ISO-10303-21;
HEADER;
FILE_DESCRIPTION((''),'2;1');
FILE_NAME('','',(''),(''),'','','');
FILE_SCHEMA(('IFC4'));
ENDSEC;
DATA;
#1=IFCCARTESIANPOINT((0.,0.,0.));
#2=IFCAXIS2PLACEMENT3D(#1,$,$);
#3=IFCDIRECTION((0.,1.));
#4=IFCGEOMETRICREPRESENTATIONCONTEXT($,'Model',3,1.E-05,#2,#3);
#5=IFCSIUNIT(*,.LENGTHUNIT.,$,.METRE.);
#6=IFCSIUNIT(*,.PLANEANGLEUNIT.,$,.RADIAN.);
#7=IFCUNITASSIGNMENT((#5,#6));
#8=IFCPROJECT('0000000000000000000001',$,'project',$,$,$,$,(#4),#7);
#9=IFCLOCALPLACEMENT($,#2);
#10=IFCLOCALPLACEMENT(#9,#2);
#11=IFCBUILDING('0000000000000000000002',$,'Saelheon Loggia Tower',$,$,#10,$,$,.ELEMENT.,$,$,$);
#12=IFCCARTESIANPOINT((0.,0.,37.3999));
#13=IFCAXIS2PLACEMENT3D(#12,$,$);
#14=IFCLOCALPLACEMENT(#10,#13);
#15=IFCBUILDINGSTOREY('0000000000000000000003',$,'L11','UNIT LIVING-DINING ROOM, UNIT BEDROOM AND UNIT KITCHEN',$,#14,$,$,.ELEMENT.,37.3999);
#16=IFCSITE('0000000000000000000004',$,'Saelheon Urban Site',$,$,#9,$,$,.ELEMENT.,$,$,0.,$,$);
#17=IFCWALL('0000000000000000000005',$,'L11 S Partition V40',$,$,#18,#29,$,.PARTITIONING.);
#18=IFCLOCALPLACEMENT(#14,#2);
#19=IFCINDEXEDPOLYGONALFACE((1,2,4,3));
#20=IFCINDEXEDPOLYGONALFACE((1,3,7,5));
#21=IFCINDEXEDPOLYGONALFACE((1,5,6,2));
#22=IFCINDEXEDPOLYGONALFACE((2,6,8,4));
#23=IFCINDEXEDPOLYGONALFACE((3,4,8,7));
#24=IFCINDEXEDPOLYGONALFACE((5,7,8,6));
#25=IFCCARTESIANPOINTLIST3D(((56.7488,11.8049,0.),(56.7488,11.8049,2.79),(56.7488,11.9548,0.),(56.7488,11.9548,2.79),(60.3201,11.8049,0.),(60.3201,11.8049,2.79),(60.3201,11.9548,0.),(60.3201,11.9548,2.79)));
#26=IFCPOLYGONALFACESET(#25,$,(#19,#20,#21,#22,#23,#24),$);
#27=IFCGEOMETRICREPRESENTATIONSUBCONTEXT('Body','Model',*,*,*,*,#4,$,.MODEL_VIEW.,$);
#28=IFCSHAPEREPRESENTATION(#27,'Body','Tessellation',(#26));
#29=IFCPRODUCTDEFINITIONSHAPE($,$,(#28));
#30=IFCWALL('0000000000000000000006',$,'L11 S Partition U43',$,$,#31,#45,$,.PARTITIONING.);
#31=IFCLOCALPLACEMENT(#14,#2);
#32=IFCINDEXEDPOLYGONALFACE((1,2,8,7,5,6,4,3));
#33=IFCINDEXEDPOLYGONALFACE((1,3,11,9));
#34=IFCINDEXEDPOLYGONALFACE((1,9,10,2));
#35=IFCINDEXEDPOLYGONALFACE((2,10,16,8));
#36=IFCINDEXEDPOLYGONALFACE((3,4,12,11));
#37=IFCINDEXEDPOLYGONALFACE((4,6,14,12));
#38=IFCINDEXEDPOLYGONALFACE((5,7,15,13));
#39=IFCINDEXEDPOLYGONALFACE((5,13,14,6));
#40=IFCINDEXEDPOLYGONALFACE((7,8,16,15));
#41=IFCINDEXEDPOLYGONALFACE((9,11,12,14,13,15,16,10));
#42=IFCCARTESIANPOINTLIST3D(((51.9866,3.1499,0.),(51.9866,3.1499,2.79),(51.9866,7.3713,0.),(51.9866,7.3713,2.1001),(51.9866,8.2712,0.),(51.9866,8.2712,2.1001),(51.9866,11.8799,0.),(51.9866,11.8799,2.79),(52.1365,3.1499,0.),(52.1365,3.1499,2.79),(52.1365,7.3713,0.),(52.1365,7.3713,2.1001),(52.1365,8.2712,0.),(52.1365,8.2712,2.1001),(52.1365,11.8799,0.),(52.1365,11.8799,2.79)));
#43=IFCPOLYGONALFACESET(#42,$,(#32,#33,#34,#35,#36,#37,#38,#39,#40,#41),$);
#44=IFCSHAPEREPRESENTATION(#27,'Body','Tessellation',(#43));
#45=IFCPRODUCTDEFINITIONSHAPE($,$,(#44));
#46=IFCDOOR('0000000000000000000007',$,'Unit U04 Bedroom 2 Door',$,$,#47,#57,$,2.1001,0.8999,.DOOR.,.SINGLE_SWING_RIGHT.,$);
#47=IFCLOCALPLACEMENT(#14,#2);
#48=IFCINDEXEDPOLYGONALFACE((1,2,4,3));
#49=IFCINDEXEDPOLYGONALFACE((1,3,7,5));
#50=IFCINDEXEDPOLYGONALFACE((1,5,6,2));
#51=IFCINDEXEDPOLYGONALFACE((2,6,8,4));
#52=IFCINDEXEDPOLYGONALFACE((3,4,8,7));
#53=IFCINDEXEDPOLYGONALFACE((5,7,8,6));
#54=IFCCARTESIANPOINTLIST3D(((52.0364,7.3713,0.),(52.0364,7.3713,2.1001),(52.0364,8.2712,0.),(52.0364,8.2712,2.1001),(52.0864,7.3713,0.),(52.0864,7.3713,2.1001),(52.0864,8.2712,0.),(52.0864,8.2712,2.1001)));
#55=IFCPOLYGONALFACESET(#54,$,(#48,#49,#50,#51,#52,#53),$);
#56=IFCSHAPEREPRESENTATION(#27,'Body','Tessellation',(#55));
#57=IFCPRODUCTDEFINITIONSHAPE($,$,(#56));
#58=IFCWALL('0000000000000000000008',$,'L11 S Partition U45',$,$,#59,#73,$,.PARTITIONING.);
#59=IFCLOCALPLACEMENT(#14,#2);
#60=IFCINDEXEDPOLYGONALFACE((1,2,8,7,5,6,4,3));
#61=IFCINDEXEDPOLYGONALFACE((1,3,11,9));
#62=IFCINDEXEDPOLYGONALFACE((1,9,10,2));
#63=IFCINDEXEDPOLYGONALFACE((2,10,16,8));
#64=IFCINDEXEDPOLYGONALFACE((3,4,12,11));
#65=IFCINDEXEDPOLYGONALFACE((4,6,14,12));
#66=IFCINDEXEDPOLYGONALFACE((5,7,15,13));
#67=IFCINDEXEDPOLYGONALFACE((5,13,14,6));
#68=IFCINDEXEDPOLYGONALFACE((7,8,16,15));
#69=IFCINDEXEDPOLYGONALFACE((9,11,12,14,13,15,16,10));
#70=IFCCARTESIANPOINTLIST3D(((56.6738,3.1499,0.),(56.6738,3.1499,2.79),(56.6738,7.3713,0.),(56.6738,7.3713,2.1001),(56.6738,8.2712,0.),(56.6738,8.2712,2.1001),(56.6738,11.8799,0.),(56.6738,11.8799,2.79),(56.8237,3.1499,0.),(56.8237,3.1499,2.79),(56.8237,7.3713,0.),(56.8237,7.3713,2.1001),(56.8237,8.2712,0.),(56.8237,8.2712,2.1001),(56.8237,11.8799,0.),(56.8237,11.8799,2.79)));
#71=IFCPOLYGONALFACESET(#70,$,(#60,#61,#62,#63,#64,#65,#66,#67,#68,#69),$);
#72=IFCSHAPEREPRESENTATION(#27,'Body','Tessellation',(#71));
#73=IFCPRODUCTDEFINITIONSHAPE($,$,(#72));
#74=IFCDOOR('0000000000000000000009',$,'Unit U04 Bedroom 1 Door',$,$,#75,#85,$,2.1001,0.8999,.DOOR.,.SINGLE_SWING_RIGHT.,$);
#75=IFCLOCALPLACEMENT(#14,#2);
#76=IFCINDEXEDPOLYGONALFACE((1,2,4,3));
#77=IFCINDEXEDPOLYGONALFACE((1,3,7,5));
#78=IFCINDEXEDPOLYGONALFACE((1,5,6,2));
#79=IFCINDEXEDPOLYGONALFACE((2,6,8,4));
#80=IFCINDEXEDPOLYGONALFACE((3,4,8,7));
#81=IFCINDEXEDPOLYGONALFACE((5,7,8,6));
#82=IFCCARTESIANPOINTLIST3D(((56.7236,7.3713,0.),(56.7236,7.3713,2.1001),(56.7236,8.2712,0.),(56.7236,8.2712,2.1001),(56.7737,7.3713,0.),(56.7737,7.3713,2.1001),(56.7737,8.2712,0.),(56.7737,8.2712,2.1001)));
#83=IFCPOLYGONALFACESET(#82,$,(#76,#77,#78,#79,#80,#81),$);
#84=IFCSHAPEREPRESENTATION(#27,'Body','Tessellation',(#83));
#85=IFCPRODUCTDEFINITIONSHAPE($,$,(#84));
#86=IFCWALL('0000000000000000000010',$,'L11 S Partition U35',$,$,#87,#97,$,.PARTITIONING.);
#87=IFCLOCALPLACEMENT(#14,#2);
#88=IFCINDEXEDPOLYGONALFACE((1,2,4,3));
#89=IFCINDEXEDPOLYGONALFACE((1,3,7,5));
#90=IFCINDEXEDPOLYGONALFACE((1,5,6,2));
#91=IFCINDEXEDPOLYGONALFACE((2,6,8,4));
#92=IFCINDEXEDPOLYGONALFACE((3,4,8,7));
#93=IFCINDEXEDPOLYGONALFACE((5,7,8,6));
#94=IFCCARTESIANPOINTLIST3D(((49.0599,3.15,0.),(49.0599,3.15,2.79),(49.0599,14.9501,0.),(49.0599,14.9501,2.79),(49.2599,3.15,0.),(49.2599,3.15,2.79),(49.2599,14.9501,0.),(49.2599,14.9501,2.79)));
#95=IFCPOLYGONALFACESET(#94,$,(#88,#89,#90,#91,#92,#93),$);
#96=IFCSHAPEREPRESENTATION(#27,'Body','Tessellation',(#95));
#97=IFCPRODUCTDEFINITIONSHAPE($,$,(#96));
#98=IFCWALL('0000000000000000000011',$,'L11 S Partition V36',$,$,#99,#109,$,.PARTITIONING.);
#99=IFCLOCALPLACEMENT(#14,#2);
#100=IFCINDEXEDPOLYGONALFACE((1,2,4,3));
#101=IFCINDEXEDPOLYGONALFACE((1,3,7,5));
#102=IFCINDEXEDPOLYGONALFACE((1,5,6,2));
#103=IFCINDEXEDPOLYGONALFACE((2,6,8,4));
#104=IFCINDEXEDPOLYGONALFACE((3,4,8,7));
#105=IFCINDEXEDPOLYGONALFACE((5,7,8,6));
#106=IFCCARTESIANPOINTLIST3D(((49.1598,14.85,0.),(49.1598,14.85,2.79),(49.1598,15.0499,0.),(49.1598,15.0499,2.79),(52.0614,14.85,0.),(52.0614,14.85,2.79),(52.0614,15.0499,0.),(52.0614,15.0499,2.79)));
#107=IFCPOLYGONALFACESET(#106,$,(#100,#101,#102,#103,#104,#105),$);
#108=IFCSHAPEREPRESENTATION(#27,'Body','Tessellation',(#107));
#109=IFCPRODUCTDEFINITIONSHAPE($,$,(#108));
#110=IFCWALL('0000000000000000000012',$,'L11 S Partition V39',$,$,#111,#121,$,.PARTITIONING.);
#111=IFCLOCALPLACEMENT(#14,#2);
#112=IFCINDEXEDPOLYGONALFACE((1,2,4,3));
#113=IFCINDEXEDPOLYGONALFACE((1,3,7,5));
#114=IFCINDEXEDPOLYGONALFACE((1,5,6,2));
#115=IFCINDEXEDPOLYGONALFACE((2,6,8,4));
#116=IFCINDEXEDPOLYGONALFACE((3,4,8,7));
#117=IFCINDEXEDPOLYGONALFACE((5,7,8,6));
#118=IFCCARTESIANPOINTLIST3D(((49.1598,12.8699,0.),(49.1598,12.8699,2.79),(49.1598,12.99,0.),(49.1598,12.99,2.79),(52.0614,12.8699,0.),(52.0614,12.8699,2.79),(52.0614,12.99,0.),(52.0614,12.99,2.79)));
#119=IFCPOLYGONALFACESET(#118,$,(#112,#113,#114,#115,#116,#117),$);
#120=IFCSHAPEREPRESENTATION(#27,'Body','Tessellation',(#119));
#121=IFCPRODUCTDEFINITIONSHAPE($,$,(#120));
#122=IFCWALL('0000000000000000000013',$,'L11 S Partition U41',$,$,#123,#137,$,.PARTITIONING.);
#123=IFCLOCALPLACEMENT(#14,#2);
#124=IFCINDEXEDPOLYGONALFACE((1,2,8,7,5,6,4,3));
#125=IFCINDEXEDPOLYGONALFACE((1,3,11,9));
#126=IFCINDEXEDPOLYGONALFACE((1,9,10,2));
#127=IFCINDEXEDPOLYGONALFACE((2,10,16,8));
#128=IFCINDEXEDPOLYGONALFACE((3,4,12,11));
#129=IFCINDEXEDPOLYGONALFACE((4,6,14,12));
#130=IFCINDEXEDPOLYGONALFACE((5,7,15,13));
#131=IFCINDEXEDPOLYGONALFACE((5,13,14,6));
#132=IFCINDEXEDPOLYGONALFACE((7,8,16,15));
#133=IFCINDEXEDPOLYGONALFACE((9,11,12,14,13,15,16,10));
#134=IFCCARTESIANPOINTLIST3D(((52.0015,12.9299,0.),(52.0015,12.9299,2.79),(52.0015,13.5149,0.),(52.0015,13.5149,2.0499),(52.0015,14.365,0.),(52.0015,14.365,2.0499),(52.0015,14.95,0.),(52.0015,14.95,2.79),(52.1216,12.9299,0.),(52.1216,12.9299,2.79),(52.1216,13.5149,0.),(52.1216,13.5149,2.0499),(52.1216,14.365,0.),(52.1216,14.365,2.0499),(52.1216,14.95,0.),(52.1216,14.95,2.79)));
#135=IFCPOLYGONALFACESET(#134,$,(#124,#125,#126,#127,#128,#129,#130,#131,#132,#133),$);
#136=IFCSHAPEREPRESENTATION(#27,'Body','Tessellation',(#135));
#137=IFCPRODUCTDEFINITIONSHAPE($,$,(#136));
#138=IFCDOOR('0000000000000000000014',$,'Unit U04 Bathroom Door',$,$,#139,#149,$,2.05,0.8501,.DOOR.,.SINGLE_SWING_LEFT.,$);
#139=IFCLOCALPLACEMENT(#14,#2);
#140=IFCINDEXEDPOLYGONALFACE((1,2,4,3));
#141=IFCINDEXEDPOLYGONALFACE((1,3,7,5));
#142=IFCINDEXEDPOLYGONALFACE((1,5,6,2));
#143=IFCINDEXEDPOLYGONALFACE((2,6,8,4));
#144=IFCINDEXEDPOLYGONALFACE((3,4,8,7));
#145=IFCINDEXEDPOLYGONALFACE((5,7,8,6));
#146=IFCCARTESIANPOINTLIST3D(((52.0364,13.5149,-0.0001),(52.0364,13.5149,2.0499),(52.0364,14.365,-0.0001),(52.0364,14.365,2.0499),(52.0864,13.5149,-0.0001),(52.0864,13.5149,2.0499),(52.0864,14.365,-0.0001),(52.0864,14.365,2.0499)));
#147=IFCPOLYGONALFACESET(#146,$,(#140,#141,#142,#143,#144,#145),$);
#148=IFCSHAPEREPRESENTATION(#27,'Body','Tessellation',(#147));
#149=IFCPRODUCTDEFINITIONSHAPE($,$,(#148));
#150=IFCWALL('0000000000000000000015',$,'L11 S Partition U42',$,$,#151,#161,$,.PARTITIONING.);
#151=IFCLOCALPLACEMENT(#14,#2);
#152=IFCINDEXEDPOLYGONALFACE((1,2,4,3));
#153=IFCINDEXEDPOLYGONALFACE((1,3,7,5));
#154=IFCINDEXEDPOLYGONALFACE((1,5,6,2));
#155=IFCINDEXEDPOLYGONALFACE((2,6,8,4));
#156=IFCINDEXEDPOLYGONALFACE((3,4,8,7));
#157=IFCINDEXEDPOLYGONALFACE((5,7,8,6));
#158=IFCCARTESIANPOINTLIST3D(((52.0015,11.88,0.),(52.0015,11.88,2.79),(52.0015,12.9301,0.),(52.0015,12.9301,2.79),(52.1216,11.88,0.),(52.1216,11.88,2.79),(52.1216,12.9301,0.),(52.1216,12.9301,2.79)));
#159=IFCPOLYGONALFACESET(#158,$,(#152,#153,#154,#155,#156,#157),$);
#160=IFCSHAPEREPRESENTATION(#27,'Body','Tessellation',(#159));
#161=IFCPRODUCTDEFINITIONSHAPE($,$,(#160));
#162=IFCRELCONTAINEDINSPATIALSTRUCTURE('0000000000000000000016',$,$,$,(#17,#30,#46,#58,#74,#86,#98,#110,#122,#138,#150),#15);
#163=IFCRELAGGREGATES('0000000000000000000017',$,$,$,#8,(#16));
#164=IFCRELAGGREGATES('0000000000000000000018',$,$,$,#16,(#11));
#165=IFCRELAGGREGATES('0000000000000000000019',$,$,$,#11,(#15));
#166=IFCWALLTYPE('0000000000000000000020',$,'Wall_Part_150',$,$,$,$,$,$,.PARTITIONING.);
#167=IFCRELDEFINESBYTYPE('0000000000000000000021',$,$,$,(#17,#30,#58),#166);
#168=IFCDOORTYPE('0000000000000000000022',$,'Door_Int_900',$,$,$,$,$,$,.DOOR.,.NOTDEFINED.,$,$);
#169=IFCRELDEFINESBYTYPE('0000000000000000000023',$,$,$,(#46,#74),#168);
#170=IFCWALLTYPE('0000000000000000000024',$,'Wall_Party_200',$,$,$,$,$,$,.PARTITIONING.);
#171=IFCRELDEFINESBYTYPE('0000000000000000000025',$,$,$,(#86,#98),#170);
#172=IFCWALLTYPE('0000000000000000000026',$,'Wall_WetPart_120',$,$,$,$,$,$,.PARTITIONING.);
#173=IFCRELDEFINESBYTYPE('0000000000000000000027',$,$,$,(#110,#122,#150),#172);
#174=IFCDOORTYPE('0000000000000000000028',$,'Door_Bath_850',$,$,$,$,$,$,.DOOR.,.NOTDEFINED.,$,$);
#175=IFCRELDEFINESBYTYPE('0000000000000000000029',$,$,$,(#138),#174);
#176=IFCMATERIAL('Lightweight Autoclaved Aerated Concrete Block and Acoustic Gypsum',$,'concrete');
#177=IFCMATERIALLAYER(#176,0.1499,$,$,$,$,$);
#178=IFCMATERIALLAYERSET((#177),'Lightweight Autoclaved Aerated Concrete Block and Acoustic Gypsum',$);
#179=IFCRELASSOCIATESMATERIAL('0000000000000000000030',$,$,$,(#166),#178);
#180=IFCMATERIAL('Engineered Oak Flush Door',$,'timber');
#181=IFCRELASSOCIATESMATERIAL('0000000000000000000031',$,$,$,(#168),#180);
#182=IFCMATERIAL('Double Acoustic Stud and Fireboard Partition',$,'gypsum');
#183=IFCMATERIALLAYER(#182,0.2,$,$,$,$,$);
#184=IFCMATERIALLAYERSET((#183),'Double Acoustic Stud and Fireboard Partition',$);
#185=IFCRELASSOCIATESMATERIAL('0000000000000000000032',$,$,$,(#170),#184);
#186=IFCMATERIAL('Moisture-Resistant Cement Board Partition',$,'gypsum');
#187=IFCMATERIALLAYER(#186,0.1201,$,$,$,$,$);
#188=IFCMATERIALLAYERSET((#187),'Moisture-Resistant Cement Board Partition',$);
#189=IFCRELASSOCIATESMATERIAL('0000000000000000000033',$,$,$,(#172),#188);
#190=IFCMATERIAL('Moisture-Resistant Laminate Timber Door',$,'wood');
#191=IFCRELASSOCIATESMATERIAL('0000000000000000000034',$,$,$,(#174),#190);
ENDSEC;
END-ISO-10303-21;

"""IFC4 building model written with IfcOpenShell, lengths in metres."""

from ifc_helpers import new_model, si_unit, direction, frame, frame_2d, origin, place, context, subcontext, project, spatial, rectangle, extrude, source, transform, mapped, material, layer, layer_set, type_object, element, fill, save


model = new_model("IFC4")

# Units and contexts
model_context = context("Model", 3, precision=1e-05, world=origin(), true_north=direction((0.0, 1.0)))
body_context = subcontext(model_context, "Body", "Model", "MODEL_VIEW")
ifc_project = project(units=[si_unit("LENGTHUNIT", "METRE"), si_unit("PLANEANGLEUNIT", "RADIAN")], contexts=[model_context])

# Site, building, storey
site_placement = place(None, origin())
site = spatial("IfcSite", under=ifc_project, at=site_placement, Name="Saelheon Urban Site", CompositionType="ELEMENT", RefElevation=0.0)
building_placement = place(site_placement, origin())
building = spatial("IfcBuilding", under=site, at=building_placement, Name="Saelheon Loggia Tower", CompositionType="ELEMENT")
storey_placement = place(building_placement, frame((0.0, 0.0, 37.3999)))
storey = spatial("IfcBuildingStorey", under=building, at=storey_placement, Name="L11", Description="UNIT LIVING-DINING ROOM, UNIT BEDROOM AND UNIT KITCHEN", CompositionType="ELEMENT", Elevation=37.3999)

# Wall
ifc_material_1 = material(Name="Lightweight Autoclaved Aerated Concrete Block and Acoustic Gypsum", Category="concrete")
ifc_layer_1 = layer(ifc_material_1, 0.1499)
ifc_layer_set_1 = layer_set([ifc_layer_1], Name="Lightweight Autoclaved Aerated Concrete Block and Acoustic Gypsum")
wall_type_1 = type_object("IfcWallType", Name="Wall_Part_150", PredefinedType="PARTITIONING", material=ifc_layer_set_1)
wall_1_placement = place(storey_placement, frame((56.7488, 11.8799, 0.0), z_axis=(0.0, 0.0, 1.0), x_axis=(1.0, 0.0, 0.0)))
element("IfcWall", 1, at=wall_1_placement, inside=storey, type_object=wall_type_1, Name="L11 S Partition V40", PredefinedType="PARTITIONING", context=body_context, shape_type="SweptSolid", body=[
    extrude(rectangle(XDim=3.5713, YDim=0.1499, at=frame_2d((1.7856, 0.0))), origin(), (0.0, 0.0, 1.0), 2.79),
])

# Walls, openings, doors
wall_2_placement = place(storey_placement, frame((52.0615, 11.8799, 0.0), z_axis=(0.0, 0.0, 1.0), x_axis=(0.0, -1.0, 0.0)))
wall_2 = element("IfcWall", 2, at=wall_2_placement, inside=storey, type_object=wall_type_1, Name="L11 S Partition U43", PredefinedType="PARTITIONING", context=body_context, shape_type="SweptSolid", body=[
    extrude(rectangle(XDim=8.73, YDim=0.1499, at=frame_2d((4.365, 0.0))), origin(), (0.0, 0.0, 1.0), 2.79),
])
opening_1_placement = place(wall_2_placement, frame((3.6086, 0.0, 0.0)))
opening_1 = element("IfcOpeningElement", 3, at=opening_1_placement, cuts=wall_2, PredefinedType="OPENING", context=body_context, shape_type="SweptSolid", body=[
    extrude(rectangle(XDim=0.8999, YDim=2.1001, at=frame_2d((0.45, 1.05))), frame((0.0, 0.0869, 0.0), z_axis=(0.0, -1.0, 0.0), x_axis=(1.0, 0.0, 0.0)), (0.0, 0.0, 1.0), 0.1738),
])
ifc_material_2 = material(Name="Engineered Oak Flush Door", Category="timber")
door_type_1 = type_object("IfcDoorType", Name="Door_Int_900", OperationType="NOTDEFINED", PredefinedType="DOOR", material=ifc_material_2)
shared_shape_1 = source(origin(), body_context, "Body", "SweptSolid", [
    extrude(rectangle(XDim=0.8999, YDim=2.1001, at=frame_2d((0.45, 1.05))), frame((0.0, 0.0249, 0.0), z_axis=(0.0, -1.0, 0.0), x_axis=(1.0, 0.0, 0.0)), (0.0, 0.0, 1.0), 0.05),
])
door_1_placement = place(opening_1_placement, origin())
door_1 = element("IfcDoor", 4, at=door_1_placement, inside=storey, type_object=door_type_1, Name="Unit U04 Bedroom 2 Door", OperationType="SINGLE_SWING_RIGHT", OverallHeight=2.1001, OverallWidth=0.8999, PredefinedType="DOOR", context=body_context, shape_type="MappedRepresentation", body=[
    mapped(shared_shape_1, transform((0.0, 0.0, 0.0), scale=1.0)),
])
fill(opening_1, door_1)
wall_3_placement = place(storey_placement, frame((56.7488, 11.8799, 0.0), z_axis=(0.0, 0.0, 1.0), x_axis=(0.0, -1.0, 0.0)))
wall_3 = element("IfcWall", 5, at=wall_3_placement, inside=storey, type_object=wall_type_1, Name="L11 S Partition U45", PredefinedType="PARTITIONING", context=body_context, shape_type="SweptSolid", body=[
    extrude(rectangle(XDim=8.73, YDim=0.1499, at=frame_2d((4.365, 0.0))), origin(), (0.0, 0.0, 1.0), 2.79),
])
opening_2_placement = place(wall_3_placement, frame((3.6086, 0.0, 0.0)))
opening_2 = element("IfcOpeningElement", 6, at=opening_2_placement, cuts=wall_3, PredefinedType="OPENING", context=body_context, shape_type="SweptSolid", body=[
    extrude(rectangle(XDim=0.8999, YDim=2.1001, at=frame_2d((0.45, 1.05))), frame((0.0, 0.0869, 0.0), z_axis=(0.0, -1.0, 0.0), x_axis=(1.0, 0.0, 0.0)), (0.0, 0.0, 1.0), 0.1738),
])
door_2_placement = place(opening_2_placement, origin())
door_2 = element("IfcDoor", 7, at=door_2_placement, inside=storey, type_object=door_type_1, Name="Unit U04 Bedroom 1 Door", OperationType="SINGLE_SWING_RIGHT", OverallHeight=2.1001, OverallWidth=0.8999, PredefinedType="DOOR", context=body_context, shape_type="MappedRepresentation", body=[
    mapped(shared_shape_1, transform((0.0, 0.0, 0.0), scale=1.0)),
])
fill(opening_2, door_2)

# Walls
ifc_material_3 = material(Name="Double Acoustic Stud and Fireboard Partition", Category="gypsum")
ifc_layer_2 = layer(ifc_material_3, 0.2)
ifc_layer_set_2 = layer_set([ifc_layer_2], Name="Double Acoustic Stud and Fireboard Partition")
wall_type_2 = type_object("IfcWallType", Name="Wall_Party_200", PredefinedType="PARTITIONING", material=ifc_layer_set_2)
wall_4_placement = place(storey_placement, frame((49.1599, 14.95, 0.0), z_axis=(0.0, 0.0, 1.0), x_axis=(0.0, -1.0, 0.0)))
element("IfcWall", 8, at=wall_4_placement, inside=storey, type_object=wall_type_2, Name="L11 S Partition U35", PredefinedType="PARTITIONING", context=body_context, shape_type="SweptSolid", body=[
    extrude(rectangle(XDim=11.8, YDim=0.2, at=frame_2d((5.8999, 0.0))), origin(), (0.0, 0.0, 1.0), 2.79),
])
wall_5_placement = place(storey_placement, frame((49.1599, 14.95, 0.0), z_axis=(0.0, 0.0, 1.0), x_axis=(1.0, 0.0, 0.0)))
element("IfcWall", 9, at=wall_5_placement, inside=storey, type_object=wall_type_2, Name="L11 S Partition V36", PredefinedType="PARTITIONING", context=body_context, shape_type="SweptSolid", body=[
    extrude(rectangle(XDim=2.9016, YDim=0.2, at=frame_2d((1.4507, 0.0))), origin(), (0.0, 0.0, 1.0), 2.79),
])

# Wall
ifc_material_4 = material(Name="Moisture-Resistant Cement Board Partition", Category="gypsum")
ifc_layer_3 = layer(ifc_material_4, 0.1201)
ifc_layer_set_3 = layer_set([ifc_layer_3], Name="Moisture-Resistant Cement Board Partition")
wall_type_3 = type_object("IfcWallType", Name="Wall_WetPart_120", PredefinedType="PARTITIONING", material=ifc_layer_set_3)
wall_6_placement = place(storey_placement, frame((49.1599, 12.9299, 0.0), z_axis=(0.0, 0.0, 1.0), x_axis=(1.0, 0.0, 0.0)))
element("IfcWall", 10, at=wall_6_placement, inside=storey, type_object=wall_type_3, Name="L11 S Partition V39", PredefinedType="PARTITIONING", context=body_context, shape_type="SweptSolid", body=[
    extrude(rectangle(XDim=2.9016, YDim=0.1201, at=frame_2d((1.4507, 0.0))), origin(), (0.0, 0.0, 1.0), 2.79),
])

# Wall, opening, door
wall_7_placement = place(storey_placement, frame((52.0615, 14.95, 0.0), z_axis=(0.0, 0.0, 1.0), x_axis=(0.0, -1.0, 0.0)))
wall_7 = element("IfcWall", 11, at=wall_7_placement, inside=storey, type_object=wall_type_3, Name="L11 S Partition U41", PredefinedType="PARTITIONING", context=body_context, shape_type="SweptSolid", body=[
    extrude(rectangle(XDim=2.02, YDim=0.1201, at=frame_2d((1.01, 0.0))), origin(), (0.0, 0.0, 1.0), 2.79),
])
opening_3_placement = place(wall_7_placement, frame((0.585, 0.0, 0.0)))
opening_3 = element("IfcOpeningElement", 12, at=opening_3_placement, cuts=wall_7, PredefinedType="OPENING", context=body_context, shape_type="SweptSolid", body=[
    extrude(rectangle(XDim=0.8501, YDim=2.05, at=frame_2d((0.425, 1.0249))), frame((0.0, 0.072, 0.0), z_axis=(0.0, -1.0, 0.0), x_axis=(1.0, 0.0, 0.0)), (0.0, 0.0, 1.0), 0.144),
])
ifc_material_5 = material(Name="Moisture-Resistant Laminate Timber Door", Category="wood")
door_type_2 = type_object("IfcDoorType", Name="Door_Bath_850", OperationType="NOTDEFINED", PredefinedType="DOOR", material=ifc_material_5)
shared_shape_2 = source(origin(), body_context, "Body", "SweptSolid", [
    extrude(rectangle(XDim=0.8501, YDim=2.05, at=frame_2d((0.425, 1.0249))), frame((0.0, 0.0249, 0.0), z_axis=(0.0, -1.0, 0.0), x_axis=(1.0, 0.0, 0.0)), (0.0, 0.0, 1.0), 0.05),
])
door_3_placement = place(opening_3_placement, origin())
door_3 = element("IfcDoor", 13, at=door_3_placement, inside=storey, type_object=door_type_2, Name="Unit U04 Bathroom Door", OperationType="SINGLE_SWING_LEFT", OverallHeight=2.05, OverallWidth=0.8501, PredefinedType="DOOR", context=body_context, shape_type="MappedRepresentation", body=[
    mapped(shared_shape_2, transform((0.0, 0.0, 0.0), scale=1.0)),
])
fill(opening_3, door_3)

# Wall
wall_8_placement = place(storey_placement, frame((52.0615, 12.9299, 0.0), z_axis=(0.0, 0.0, 1.0), x_axis=(0.0, -1.0, 0.0)))
element("IfcWall", 14, at=wall_8_placement, inside=storey, type_object=wall_type_3, Name="L11 S Partition U42", PredefinedType="PARTITIONING", context=body_context, shape_type="SweptSolid", body=[
    extrude(rectangle(XDim=1.05, YDim=0.1201, at=frame_2d((0.5249, 0.0))), origin(), (0.0, 0.0, 1.0), 2.79),
])

save(model, "model.ifc")
